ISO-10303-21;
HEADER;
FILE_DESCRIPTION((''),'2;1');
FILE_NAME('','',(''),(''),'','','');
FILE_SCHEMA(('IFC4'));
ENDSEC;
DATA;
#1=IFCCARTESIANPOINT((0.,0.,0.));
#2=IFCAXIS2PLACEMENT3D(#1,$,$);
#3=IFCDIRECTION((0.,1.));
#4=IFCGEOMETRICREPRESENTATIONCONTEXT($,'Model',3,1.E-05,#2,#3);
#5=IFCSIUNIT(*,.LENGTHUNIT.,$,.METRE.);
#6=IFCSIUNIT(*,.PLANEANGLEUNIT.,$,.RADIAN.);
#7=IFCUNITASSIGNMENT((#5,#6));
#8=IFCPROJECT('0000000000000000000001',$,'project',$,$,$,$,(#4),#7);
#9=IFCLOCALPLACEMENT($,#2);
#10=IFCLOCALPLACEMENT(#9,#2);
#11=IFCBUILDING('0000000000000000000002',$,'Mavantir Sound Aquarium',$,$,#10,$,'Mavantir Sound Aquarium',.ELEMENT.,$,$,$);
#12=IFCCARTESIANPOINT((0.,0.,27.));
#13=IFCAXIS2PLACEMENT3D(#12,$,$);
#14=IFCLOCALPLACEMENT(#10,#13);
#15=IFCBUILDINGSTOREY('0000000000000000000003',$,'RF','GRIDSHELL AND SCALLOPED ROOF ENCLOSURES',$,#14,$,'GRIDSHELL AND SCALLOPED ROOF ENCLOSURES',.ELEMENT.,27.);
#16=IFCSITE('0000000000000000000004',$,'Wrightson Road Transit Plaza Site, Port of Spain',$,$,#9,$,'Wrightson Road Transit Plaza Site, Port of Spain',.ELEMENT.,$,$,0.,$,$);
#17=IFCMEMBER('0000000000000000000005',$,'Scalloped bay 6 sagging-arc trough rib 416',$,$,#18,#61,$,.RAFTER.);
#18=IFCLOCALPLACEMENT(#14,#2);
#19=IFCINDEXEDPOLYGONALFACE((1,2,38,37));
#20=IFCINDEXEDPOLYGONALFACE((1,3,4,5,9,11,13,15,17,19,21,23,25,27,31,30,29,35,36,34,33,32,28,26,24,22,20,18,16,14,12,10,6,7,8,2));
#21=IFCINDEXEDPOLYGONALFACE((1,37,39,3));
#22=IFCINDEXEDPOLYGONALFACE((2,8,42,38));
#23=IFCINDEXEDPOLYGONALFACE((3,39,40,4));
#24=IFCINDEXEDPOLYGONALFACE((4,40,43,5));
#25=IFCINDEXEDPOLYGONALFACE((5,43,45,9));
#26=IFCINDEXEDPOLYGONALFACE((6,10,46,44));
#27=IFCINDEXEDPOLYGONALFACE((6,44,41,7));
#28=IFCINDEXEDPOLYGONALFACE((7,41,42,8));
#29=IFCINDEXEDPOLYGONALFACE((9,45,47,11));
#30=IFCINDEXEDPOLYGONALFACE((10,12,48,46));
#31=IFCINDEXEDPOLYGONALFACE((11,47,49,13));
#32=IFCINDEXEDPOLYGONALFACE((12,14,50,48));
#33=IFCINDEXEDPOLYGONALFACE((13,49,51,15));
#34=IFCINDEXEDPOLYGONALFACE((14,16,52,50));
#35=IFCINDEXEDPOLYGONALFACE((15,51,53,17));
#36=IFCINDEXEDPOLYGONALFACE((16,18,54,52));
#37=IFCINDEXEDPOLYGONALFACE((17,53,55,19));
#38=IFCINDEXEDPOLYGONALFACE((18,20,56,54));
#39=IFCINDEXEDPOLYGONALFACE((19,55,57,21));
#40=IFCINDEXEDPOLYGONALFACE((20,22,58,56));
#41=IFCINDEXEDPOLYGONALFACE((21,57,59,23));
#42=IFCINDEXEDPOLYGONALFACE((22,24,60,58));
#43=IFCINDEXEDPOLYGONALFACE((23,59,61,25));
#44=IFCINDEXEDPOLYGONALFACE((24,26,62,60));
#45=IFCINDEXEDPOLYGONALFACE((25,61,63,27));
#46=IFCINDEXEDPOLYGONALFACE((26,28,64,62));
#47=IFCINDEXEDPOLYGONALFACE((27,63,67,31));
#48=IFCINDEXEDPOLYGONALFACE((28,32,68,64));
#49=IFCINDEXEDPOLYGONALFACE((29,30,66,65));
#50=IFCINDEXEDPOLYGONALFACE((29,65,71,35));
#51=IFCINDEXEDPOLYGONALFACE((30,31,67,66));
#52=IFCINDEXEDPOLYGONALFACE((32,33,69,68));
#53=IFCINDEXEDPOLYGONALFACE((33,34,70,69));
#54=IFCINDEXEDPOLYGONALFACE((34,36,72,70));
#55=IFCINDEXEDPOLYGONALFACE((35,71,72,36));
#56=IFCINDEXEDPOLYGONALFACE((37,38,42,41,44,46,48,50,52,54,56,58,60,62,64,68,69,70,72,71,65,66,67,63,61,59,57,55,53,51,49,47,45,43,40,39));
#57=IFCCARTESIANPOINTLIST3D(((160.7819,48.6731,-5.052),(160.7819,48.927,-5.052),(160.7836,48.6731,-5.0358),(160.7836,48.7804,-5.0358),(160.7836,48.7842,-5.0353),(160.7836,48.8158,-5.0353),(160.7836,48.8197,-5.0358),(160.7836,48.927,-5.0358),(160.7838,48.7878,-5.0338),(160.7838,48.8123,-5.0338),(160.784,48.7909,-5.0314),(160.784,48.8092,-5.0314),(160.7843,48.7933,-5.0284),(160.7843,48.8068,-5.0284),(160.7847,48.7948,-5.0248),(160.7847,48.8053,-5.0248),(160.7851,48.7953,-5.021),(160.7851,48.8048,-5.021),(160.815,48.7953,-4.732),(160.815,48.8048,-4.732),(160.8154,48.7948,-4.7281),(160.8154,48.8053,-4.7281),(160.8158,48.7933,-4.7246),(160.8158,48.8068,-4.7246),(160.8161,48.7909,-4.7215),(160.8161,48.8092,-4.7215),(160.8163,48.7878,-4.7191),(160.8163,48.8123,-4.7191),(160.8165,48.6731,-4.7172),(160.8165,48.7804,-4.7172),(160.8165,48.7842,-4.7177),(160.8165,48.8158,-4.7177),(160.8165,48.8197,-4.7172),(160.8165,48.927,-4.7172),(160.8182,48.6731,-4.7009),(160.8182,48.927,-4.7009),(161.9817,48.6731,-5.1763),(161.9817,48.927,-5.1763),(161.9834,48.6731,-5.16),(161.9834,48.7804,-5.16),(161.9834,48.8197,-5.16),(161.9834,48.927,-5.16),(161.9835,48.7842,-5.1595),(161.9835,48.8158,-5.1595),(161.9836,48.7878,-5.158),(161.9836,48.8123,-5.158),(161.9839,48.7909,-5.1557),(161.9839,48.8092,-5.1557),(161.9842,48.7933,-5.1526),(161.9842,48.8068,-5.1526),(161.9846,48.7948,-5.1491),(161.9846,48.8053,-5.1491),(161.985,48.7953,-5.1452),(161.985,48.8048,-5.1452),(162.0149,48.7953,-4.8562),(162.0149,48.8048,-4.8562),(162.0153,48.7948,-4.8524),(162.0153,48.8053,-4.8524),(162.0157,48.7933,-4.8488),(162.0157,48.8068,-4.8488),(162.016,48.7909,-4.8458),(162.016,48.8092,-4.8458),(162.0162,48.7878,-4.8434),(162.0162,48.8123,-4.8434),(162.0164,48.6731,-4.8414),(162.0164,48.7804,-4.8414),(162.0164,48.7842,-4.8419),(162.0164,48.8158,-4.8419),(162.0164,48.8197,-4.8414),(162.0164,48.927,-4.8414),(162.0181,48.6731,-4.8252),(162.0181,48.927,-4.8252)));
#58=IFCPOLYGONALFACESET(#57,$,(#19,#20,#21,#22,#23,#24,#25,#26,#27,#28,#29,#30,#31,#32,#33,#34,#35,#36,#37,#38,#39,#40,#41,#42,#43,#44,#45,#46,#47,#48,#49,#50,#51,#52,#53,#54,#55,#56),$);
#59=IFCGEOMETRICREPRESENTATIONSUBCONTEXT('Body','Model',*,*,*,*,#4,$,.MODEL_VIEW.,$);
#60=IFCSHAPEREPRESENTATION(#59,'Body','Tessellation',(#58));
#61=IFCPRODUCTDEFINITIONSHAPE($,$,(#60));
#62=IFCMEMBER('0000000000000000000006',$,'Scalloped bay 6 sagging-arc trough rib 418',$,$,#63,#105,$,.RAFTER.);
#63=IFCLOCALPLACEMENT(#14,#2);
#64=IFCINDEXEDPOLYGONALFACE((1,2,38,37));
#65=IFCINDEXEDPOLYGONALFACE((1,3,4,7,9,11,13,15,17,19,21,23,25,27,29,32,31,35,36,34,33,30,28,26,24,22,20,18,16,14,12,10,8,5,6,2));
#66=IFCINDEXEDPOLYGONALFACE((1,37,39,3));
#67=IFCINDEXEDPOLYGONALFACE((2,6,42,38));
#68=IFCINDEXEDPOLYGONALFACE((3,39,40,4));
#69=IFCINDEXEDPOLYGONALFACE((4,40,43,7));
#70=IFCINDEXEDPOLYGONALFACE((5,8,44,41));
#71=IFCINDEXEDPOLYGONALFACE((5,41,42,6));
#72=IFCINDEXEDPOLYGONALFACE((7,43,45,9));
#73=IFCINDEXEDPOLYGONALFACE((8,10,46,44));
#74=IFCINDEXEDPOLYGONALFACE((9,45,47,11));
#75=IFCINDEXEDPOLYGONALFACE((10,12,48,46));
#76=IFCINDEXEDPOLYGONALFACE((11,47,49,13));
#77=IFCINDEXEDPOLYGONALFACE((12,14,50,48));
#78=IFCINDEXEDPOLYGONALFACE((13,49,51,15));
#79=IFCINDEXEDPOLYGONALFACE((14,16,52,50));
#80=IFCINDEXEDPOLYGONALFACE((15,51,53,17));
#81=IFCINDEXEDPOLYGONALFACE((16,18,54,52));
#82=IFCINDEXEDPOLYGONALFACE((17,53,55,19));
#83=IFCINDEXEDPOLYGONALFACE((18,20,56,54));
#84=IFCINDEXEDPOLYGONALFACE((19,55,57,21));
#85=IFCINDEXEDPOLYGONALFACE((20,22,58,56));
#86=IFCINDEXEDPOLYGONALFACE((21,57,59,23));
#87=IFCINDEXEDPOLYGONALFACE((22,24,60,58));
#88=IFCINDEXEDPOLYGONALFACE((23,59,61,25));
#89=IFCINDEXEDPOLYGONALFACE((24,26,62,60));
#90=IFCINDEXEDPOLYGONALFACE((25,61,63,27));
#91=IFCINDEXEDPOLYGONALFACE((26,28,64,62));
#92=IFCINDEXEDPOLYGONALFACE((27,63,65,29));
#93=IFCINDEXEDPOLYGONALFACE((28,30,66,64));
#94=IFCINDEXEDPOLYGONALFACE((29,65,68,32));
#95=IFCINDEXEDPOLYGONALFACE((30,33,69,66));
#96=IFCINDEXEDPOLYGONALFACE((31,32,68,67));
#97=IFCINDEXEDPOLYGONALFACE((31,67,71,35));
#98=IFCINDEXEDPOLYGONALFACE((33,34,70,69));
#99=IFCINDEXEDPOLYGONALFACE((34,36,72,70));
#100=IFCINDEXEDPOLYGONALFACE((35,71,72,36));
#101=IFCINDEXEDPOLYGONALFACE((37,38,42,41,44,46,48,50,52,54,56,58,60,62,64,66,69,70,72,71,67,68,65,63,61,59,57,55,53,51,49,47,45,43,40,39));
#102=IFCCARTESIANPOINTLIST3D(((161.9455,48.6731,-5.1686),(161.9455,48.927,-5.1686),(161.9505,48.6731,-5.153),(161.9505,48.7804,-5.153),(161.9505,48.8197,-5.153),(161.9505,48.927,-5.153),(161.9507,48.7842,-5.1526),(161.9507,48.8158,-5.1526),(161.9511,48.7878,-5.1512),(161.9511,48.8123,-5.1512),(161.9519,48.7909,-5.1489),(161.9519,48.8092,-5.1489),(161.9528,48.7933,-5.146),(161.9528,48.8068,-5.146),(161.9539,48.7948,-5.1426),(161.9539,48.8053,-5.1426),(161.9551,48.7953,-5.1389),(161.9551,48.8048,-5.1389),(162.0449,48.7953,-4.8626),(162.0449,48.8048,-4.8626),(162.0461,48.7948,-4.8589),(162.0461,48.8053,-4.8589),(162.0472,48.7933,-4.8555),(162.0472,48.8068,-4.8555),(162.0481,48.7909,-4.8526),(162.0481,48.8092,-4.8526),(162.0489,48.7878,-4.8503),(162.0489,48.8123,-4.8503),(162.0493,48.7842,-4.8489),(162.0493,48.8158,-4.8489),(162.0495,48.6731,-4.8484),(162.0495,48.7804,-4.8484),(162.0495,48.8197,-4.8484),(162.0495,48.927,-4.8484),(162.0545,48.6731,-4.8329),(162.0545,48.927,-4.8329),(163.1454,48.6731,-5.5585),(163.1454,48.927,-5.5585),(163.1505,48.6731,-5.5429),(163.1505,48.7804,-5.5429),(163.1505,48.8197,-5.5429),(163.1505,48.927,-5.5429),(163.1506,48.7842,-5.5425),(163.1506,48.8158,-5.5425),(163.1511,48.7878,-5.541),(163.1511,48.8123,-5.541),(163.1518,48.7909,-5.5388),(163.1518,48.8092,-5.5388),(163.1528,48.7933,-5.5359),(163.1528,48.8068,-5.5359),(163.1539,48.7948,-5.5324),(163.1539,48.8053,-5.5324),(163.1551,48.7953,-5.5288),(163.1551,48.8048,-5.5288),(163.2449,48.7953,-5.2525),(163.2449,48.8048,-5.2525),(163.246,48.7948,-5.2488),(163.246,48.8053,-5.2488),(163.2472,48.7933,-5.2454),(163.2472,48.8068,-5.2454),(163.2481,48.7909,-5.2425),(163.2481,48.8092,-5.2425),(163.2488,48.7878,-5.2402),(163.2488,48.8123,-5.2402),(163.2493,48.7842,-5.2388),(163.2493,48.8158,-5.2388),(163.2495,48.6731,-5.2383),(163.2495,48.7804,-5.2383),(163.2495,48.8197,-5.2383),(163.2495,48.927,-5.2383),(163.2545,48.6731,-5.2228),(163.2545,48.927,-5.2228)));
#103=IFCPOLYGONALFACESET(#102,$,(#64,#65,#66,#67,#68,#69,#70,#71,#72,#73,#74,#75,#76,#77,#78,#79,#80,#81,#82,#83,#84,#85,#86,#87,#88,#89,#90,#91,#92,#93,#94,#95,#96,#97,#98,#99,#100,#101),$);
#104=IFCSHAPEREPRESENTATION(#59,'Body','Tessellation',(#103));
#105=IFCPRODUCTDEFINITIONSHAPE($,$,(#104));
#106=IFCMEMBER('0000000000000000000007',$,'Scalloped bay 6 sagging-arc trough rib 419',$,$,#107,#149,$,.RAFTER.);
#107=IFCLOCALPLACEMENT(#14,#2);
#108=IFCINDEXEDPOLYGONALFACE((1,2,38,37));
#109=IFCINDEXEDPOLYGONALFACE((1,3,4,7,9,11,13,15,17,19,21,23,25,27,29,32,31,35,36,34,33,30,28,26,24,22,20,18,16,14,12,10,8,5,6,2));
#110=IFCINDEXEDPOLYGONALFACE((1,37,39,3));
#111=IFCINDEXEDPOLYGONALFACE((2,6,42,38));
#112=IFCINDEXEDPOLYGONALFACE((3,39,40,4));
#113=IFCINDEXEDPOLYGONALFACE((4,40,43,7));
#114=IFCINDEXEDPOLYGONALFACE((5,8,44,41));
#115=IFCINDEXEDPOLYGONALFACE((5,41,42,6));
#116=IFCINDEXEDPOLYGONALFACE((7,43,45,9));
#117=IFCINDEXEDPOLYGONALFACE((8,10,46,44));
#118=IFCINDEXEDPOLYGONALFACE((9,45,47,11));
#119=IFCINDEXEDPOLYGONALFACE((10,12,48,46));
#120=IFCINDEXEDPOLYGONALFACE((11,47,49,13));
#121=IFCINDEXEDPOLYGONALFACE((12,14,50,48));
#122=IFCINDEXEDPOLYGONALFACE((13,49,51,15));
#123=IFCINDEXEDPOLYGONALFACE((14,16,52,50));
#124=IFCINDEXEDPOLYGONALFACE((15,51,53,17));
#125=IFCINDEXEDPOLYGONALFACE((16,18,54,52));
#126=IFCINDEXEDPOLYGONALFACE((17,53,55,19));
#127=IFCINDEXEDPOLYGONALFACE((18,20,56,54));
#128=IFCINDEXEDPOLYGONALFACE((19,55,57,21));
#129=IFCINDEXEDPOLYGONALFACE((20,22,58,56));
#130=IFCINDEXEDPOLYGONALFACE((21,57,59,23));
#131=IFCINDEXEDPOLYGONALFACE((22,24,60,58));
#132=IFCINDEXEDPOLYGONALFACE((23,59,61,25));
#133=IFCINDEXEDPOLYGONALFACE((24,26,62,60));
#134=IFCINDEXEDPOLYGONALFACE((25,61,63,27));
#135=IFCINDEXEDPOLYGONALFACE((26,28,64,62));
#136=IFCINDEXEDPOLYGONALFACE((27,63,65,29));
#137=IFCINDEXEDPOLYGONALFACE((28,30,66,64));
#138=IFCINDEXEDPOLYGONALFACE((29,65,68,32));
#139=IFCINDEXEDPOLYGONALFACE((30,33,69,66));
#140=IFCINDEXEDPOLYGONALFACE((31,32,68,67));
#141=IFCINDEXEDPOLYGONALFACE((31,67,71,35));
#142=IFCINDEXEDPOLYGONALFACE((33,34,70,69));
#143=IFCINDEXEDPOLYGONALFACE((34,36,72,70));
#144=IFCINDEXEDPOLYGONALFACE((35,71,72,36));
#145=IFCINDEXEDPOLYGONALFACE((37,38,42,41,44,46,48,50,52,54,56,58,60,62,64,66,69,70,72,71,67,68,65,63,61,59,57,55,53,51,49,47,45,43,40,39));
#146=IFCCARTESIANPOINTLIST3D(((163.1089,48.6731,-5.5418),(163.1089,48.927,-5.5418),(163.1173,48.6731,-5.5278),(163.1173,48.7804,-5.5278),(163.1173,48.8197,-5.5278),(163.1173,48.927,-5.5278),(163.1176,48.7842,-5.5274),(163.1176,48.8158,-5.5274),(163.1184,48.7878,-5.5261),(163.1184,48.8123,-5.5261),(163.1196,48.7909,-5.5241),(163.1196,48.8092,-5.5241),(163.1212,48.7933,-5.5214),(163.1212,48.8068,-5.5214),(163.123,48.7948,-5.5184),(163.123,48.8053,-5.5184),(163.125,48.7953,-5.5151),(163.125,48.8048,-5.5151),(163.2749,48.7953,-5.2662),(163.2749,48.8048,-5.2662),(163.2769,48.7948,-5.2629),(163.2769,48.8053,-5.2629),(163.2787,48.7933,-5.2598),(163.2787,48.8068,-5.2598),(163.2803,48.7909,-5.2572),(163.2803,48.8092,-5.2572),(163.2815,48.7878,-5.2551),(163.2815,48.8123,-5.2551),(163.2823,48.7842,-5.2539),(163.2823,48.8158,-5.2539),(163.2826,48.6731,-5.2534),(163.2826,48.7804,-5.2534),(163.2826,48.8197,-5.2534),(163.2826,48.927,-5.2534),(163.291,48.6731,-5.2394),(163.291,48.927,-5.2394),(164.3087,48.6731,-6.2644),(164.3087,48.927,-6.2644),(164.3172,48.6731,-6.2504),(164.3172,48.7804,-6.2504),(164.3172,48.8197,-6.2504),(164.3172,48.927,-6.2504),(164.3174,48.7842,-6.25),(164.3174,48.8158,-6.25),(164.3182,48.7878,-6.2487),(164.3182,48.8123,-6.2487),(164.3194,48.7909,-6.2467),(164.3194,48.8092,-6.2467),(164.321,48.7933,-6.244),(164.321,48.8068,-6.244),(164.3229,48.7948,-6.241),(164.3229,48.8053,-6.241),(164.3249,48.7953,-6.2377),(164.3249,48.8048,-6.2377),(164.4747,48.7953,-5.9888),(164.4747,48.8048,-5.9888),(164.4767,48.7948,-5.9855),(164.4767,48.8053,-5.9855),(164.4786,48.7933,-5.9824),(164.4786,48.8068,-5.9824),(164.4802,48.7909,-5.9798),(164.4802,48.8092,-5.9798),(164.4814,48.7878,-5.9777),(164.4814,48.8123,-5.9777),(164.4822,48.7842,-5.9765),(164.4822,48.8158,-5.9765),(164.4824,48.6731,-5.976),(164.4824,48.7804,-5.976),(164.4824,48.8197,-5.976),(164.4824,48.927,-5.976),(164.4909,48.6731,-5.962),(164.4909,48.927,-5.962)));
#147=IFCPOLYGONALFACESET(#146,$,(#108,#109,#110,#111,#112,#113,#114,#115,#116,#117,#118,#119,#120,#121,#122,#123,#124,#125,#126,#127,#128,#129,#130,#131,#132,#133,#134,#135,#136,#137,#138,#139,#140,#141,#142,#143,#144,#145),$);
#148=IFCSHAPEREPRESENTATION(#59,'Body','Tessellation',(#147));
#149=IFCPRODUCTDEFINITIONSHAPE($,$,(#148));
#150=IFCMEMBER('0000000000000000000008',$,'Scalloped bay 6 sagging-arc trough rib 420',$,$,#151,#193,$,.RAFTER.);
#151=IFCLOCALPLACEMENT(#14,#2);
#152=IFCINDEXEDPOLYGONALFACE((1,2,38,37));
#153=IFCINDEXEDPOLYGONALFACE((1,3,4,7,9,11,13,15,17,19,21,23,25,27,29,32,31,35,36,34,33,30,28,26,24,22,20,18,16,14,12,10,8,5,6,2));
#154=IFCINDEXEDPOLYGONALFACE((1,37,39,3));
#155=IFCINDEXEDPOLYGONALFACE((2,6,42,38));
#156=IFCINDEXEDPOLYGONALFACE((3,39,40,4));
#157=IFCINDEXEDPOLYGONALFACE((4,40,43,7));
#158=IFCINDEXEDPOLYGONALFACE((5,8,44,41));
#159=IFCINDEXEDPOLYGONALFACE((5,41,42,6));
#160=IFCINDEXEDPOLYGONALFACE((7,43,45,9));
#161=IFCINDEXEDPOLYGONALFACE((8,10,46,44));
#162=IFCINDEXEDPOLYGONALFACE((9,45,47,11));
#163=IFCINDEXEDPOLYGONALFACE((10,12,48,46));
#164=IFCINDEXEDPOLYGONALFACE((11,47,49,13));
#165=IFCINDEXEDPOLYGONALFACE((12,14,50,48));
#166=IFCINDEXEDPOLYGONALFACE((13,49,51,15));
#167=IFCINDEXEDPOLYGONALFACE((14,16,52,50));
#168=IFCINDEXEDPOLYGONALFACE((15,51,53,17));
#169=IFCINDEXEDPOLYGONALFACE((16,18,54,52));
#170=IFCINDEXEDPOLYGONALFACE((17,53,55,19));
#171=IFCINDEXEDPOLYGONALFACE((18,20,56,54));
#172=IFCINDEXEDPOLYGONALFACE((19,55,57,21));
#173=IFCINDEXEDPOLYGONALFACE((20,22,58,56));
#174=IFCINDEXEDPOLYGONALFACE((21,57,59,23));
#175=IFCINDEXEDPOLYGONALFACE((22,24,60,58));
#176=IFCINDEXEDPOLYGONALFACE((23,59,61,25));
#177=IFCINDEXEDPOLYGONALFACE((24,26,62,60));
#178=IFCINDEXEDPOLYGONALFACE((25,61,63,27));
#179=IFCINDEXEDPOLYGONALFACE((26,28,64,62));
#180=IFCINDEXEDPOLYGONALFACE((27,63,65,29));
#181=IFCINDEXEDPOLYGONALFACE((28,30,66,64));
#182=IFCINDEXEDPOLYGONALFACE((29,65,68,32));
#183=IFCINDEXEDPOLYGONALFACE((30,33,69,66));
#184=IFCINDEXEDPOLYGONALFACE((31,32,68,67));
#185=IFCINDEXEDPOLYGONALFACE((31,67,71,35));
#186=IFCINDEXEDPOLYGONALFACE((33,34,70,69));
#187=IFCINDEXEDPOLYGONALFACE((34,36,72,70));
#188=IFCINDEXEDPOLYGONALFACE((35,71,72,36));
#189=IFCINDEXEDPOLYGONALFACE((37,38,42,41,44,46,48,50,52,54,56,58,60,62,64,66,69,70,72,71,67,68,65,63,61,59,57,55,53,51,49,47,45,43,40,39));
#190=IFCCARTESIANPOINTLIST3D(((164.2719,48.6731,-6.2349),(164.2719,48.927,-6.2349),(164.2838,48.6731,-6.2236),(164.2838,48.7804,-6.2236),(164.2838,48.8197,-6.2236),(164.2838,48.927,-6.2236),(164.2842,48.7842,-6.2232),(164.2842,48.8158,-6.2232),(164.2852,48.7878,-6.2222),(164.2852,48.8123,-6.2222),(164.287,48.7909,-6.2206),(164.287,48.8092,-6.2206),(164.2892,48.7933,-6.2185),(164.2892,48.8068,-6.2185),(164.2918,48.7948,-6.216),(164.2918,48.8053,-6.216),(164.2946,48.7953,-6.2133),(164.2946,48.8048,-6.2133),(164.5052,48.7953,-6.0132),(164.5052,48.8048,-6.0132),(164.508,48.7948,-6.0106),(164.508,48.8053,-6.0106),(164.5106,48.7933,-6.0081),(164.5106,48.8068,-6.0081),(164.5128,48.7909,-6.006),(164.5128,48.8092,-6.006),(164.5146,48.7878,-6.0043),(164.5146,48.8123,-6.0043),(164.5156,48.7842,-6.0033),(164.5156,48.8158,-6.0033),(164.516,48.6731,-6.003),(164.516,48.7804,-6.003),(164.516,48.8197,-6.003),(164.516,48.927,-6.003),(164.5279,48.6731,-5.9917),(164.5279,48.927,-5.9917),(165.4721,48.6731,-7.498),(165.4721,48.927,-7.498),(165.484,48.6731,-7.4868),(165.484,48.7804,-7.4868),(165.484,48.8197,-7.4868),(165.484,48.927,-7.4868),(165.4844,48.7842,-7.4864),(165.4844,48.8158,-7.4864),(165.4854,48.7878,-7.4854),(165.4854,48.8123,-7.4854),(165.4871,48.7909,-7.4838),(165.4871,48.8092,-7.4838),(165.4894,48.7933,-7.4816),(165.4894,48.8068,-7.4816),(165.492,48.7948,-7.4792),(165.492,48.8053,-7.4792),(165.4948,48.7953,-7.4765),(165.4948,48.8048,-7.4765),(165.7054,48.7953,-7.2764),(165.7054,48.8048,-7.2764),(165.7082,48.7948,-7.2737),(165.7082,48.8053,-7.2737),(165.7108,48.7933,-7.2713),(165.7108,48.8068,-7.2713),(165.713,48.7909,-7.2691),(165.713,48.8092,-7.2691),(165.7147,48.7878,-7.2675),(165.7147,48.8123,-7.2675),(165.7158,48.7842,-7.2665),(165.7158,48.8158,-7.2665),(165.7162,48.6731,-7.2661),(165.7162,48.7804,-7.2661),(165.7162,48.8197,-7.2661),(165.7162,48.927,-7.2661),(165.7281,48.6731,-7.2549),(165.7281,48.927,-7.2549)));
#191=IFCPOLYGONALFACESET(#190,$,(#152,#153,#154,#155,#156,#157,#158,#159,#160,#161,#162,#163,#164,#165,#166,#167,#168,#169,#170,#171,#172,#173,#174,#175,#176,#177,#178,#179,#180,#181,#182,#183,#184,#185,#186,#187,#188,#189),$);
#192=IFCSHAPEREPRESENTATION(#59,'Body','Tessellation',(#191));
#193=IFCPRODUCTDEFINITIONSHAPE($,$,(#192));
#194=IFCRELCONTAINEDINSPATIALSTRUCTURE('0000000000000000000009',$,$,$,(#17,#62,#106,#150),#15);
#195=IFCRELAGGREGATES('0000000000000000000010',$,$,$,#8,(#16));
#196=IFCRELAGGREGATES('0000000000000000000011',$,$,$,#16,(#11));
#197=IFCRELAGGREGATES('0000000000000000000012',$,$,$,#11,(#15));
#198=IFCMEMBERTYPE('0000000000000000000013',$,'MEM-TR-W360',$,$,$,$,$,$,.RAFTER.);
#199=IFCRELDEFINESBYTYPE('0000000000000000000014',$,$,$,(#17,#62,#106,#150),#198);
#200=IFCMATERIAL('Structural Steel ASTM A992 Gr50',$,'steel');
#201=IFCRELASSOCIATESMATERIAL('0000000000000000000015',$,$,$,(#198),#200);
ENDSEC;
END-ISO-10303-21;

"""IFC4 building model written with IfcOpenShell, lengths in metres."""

from ifc_helpers import new_model, si_unit, direction, frame, origin, origin_2d, place, context, subcontext, project, spatial, i_section, extrude, material, material_profile, profile_set, type_object, element, save


model = new_model("IFC4")

# Units and contexts
model_context = context("Model", 3, precision=1e-05, world=origin(), true_north=direction((0.0, 1.0)))
body_context = subcontext(model_context, "Body", "Model", "MODEL_VIEW")
ifc_project = project(units=[si_unit("LENGTHUNIT", "METRE"), si_unit("PLANEANGLEUNIT", "RADIAN")], contexts=[model_context])

# Site, building, storey
site_placement = place(None, origin())
site = spatial("IfcSite", under=ifc_project, at=site_placement, Name="Wrightson Road Transit Plaza Site, Port of Spain", LongName="Wrightson Road Transit Plaza Site, Port of Spain", CompositionType="ELEMENT", RefElevation=0.0)
building_placement = place(site_placement, origin())
building = spatial("IfcBuilding", under=site, at=building_placement, Name="Mavantir Sound Aquarium", LongName="Mavantir Sound Aquarium", CompositionType="ELEMENT")
storey_placement = place(building_placement, frame((0.0, 0.0, 27.0)))
storey = spatial("IfcBuildingStorey", under=building, at=storey_placement, Name="RF", Description="GRIDSHELL AND SCALLOPED ROOF ENCLOSURES", LongName="GRIDSHELL AND SCALLOPED ROOF ENCLOSURES", CompositionType="ELEMENT", Elevation=27.0)

# Members
ifc_material_1 = material(Name="Structural Steel ASTM A992 Gr50", Category="steel")
ifc_material_profile_1 = material_profile(ifc_material_1, i_section(OverallWidth=0.2539, OverallDepth=0.353, WebThickness=0.0095, FlangeThickness=0.0164, FilletRadius=0.0149, at=origin_2d()), Name="W360X91")
ifc_profile_set_1 = profile_set([ifc_material_profile_1], Name="Structural Steel ASTM A992 Gr50")
member_type_1 = type_object("IfcMemberType", Name="MEM-TR-W360", PredefinedType="RAFTER", material=ifc_profile_set_1)
for number, where, z_axis, x_axis, name in (
    (1, (160.8, 48.8, -4.8765), (0.99468, 0.0, -0.10301), (0.0, 1.0, 0.0), "Scalloped bay 6 sagging-arc trough rib 416"),
):
    element("IfcMember", number, at=place(storey_placement, frame(where, z_axis=z_axis, x_axis=x_axis)), inside=storey, type_object=member_type_1, Name=name, PredefinedType="RAFTER", context=body_context, shape_type="SweptSolid", body=[
        extrude(i_section(OverallWidth=0.2539, OverallDepth=0.353, WebThickness=0.0095, FlangeThickness=0.0164, FilletRadius=0.0149, at=origin_2d()), origin(), (0.0, 0.0, 1.0), 1.2063),
    ])
member_1_placement = place(storey_placement, frame((162.0, 48.8, -5.0007), z_axis=(0.951055, 0.0, -0.30902), x_axis=(0.0, 1.0, 0.0)))
element("IfcMember", 2, at=member_1_placement, inside=storey, type_object=member_type_1, Name="Scalloped bay 6 sagging-arc trough rib 418", PredefinedType="RAFTER", context=body_context, shape_type="SweptSolid", body=[
    extrude(i_section(OverallWidth=0.2539, OverallDepth=0.353, WebThickness=0.0095, FlangeThickness=0.0164, FilletRadius=0.0149, at=origin_2d()), origin(), (0.0, 0.0, 1.0), 1.2617),
])
member_2_placement = place(storey_placement, frame((163.2, 48.8, -5.3906), z_axis=(0.856646, 0.0, -0.515905), x_axis=(0.0, 1.0, 0.0)))
element("IfcMember", 3, at=member_2_placement, inside=storey, type_object=member_type_1, Name="Scalloped bay 6 sagging-arc trough rib 419", PredefinedType="RAFTER", context=body_context, shape_type="SweptSolid", body=[
    extrude(i_section(OverallWidth=0.2539, OverallDepth=0.353, WebThickness=0.0095, FlangeThickness=0.0164, FilletRadius=0.0149, at=origin_2d()), origin(), (0.0, 0.0, 1.0), 1.4006),
])
member_3_placement = place(storey_placement, frame((164.3999, 48.8, -6.1133), z_axis=(0.688801, 0.0, -0.72495), x_axis=(0.0, 1.0, 0.0)))
element("IfcMember", 4, at=member_3_placement, inside=storey, type_object=member_type_1, Name="Scalloped bay 6 sagging-arc trough rib 420", PredefinedType="RAFTER", context=body_context, shape_type="SweptSolid", body=[
    extrude(i_section(OverallWidth=0.2539, OverallDepth=0.353, WebThickness=0.0095, FlangeThickness=0.0164, FilletRadius=0.0149, at=origin_2d()), origin(), (0.0, 0.0, 1.0), 1.7424),
])

save(model, "model.ifc")
